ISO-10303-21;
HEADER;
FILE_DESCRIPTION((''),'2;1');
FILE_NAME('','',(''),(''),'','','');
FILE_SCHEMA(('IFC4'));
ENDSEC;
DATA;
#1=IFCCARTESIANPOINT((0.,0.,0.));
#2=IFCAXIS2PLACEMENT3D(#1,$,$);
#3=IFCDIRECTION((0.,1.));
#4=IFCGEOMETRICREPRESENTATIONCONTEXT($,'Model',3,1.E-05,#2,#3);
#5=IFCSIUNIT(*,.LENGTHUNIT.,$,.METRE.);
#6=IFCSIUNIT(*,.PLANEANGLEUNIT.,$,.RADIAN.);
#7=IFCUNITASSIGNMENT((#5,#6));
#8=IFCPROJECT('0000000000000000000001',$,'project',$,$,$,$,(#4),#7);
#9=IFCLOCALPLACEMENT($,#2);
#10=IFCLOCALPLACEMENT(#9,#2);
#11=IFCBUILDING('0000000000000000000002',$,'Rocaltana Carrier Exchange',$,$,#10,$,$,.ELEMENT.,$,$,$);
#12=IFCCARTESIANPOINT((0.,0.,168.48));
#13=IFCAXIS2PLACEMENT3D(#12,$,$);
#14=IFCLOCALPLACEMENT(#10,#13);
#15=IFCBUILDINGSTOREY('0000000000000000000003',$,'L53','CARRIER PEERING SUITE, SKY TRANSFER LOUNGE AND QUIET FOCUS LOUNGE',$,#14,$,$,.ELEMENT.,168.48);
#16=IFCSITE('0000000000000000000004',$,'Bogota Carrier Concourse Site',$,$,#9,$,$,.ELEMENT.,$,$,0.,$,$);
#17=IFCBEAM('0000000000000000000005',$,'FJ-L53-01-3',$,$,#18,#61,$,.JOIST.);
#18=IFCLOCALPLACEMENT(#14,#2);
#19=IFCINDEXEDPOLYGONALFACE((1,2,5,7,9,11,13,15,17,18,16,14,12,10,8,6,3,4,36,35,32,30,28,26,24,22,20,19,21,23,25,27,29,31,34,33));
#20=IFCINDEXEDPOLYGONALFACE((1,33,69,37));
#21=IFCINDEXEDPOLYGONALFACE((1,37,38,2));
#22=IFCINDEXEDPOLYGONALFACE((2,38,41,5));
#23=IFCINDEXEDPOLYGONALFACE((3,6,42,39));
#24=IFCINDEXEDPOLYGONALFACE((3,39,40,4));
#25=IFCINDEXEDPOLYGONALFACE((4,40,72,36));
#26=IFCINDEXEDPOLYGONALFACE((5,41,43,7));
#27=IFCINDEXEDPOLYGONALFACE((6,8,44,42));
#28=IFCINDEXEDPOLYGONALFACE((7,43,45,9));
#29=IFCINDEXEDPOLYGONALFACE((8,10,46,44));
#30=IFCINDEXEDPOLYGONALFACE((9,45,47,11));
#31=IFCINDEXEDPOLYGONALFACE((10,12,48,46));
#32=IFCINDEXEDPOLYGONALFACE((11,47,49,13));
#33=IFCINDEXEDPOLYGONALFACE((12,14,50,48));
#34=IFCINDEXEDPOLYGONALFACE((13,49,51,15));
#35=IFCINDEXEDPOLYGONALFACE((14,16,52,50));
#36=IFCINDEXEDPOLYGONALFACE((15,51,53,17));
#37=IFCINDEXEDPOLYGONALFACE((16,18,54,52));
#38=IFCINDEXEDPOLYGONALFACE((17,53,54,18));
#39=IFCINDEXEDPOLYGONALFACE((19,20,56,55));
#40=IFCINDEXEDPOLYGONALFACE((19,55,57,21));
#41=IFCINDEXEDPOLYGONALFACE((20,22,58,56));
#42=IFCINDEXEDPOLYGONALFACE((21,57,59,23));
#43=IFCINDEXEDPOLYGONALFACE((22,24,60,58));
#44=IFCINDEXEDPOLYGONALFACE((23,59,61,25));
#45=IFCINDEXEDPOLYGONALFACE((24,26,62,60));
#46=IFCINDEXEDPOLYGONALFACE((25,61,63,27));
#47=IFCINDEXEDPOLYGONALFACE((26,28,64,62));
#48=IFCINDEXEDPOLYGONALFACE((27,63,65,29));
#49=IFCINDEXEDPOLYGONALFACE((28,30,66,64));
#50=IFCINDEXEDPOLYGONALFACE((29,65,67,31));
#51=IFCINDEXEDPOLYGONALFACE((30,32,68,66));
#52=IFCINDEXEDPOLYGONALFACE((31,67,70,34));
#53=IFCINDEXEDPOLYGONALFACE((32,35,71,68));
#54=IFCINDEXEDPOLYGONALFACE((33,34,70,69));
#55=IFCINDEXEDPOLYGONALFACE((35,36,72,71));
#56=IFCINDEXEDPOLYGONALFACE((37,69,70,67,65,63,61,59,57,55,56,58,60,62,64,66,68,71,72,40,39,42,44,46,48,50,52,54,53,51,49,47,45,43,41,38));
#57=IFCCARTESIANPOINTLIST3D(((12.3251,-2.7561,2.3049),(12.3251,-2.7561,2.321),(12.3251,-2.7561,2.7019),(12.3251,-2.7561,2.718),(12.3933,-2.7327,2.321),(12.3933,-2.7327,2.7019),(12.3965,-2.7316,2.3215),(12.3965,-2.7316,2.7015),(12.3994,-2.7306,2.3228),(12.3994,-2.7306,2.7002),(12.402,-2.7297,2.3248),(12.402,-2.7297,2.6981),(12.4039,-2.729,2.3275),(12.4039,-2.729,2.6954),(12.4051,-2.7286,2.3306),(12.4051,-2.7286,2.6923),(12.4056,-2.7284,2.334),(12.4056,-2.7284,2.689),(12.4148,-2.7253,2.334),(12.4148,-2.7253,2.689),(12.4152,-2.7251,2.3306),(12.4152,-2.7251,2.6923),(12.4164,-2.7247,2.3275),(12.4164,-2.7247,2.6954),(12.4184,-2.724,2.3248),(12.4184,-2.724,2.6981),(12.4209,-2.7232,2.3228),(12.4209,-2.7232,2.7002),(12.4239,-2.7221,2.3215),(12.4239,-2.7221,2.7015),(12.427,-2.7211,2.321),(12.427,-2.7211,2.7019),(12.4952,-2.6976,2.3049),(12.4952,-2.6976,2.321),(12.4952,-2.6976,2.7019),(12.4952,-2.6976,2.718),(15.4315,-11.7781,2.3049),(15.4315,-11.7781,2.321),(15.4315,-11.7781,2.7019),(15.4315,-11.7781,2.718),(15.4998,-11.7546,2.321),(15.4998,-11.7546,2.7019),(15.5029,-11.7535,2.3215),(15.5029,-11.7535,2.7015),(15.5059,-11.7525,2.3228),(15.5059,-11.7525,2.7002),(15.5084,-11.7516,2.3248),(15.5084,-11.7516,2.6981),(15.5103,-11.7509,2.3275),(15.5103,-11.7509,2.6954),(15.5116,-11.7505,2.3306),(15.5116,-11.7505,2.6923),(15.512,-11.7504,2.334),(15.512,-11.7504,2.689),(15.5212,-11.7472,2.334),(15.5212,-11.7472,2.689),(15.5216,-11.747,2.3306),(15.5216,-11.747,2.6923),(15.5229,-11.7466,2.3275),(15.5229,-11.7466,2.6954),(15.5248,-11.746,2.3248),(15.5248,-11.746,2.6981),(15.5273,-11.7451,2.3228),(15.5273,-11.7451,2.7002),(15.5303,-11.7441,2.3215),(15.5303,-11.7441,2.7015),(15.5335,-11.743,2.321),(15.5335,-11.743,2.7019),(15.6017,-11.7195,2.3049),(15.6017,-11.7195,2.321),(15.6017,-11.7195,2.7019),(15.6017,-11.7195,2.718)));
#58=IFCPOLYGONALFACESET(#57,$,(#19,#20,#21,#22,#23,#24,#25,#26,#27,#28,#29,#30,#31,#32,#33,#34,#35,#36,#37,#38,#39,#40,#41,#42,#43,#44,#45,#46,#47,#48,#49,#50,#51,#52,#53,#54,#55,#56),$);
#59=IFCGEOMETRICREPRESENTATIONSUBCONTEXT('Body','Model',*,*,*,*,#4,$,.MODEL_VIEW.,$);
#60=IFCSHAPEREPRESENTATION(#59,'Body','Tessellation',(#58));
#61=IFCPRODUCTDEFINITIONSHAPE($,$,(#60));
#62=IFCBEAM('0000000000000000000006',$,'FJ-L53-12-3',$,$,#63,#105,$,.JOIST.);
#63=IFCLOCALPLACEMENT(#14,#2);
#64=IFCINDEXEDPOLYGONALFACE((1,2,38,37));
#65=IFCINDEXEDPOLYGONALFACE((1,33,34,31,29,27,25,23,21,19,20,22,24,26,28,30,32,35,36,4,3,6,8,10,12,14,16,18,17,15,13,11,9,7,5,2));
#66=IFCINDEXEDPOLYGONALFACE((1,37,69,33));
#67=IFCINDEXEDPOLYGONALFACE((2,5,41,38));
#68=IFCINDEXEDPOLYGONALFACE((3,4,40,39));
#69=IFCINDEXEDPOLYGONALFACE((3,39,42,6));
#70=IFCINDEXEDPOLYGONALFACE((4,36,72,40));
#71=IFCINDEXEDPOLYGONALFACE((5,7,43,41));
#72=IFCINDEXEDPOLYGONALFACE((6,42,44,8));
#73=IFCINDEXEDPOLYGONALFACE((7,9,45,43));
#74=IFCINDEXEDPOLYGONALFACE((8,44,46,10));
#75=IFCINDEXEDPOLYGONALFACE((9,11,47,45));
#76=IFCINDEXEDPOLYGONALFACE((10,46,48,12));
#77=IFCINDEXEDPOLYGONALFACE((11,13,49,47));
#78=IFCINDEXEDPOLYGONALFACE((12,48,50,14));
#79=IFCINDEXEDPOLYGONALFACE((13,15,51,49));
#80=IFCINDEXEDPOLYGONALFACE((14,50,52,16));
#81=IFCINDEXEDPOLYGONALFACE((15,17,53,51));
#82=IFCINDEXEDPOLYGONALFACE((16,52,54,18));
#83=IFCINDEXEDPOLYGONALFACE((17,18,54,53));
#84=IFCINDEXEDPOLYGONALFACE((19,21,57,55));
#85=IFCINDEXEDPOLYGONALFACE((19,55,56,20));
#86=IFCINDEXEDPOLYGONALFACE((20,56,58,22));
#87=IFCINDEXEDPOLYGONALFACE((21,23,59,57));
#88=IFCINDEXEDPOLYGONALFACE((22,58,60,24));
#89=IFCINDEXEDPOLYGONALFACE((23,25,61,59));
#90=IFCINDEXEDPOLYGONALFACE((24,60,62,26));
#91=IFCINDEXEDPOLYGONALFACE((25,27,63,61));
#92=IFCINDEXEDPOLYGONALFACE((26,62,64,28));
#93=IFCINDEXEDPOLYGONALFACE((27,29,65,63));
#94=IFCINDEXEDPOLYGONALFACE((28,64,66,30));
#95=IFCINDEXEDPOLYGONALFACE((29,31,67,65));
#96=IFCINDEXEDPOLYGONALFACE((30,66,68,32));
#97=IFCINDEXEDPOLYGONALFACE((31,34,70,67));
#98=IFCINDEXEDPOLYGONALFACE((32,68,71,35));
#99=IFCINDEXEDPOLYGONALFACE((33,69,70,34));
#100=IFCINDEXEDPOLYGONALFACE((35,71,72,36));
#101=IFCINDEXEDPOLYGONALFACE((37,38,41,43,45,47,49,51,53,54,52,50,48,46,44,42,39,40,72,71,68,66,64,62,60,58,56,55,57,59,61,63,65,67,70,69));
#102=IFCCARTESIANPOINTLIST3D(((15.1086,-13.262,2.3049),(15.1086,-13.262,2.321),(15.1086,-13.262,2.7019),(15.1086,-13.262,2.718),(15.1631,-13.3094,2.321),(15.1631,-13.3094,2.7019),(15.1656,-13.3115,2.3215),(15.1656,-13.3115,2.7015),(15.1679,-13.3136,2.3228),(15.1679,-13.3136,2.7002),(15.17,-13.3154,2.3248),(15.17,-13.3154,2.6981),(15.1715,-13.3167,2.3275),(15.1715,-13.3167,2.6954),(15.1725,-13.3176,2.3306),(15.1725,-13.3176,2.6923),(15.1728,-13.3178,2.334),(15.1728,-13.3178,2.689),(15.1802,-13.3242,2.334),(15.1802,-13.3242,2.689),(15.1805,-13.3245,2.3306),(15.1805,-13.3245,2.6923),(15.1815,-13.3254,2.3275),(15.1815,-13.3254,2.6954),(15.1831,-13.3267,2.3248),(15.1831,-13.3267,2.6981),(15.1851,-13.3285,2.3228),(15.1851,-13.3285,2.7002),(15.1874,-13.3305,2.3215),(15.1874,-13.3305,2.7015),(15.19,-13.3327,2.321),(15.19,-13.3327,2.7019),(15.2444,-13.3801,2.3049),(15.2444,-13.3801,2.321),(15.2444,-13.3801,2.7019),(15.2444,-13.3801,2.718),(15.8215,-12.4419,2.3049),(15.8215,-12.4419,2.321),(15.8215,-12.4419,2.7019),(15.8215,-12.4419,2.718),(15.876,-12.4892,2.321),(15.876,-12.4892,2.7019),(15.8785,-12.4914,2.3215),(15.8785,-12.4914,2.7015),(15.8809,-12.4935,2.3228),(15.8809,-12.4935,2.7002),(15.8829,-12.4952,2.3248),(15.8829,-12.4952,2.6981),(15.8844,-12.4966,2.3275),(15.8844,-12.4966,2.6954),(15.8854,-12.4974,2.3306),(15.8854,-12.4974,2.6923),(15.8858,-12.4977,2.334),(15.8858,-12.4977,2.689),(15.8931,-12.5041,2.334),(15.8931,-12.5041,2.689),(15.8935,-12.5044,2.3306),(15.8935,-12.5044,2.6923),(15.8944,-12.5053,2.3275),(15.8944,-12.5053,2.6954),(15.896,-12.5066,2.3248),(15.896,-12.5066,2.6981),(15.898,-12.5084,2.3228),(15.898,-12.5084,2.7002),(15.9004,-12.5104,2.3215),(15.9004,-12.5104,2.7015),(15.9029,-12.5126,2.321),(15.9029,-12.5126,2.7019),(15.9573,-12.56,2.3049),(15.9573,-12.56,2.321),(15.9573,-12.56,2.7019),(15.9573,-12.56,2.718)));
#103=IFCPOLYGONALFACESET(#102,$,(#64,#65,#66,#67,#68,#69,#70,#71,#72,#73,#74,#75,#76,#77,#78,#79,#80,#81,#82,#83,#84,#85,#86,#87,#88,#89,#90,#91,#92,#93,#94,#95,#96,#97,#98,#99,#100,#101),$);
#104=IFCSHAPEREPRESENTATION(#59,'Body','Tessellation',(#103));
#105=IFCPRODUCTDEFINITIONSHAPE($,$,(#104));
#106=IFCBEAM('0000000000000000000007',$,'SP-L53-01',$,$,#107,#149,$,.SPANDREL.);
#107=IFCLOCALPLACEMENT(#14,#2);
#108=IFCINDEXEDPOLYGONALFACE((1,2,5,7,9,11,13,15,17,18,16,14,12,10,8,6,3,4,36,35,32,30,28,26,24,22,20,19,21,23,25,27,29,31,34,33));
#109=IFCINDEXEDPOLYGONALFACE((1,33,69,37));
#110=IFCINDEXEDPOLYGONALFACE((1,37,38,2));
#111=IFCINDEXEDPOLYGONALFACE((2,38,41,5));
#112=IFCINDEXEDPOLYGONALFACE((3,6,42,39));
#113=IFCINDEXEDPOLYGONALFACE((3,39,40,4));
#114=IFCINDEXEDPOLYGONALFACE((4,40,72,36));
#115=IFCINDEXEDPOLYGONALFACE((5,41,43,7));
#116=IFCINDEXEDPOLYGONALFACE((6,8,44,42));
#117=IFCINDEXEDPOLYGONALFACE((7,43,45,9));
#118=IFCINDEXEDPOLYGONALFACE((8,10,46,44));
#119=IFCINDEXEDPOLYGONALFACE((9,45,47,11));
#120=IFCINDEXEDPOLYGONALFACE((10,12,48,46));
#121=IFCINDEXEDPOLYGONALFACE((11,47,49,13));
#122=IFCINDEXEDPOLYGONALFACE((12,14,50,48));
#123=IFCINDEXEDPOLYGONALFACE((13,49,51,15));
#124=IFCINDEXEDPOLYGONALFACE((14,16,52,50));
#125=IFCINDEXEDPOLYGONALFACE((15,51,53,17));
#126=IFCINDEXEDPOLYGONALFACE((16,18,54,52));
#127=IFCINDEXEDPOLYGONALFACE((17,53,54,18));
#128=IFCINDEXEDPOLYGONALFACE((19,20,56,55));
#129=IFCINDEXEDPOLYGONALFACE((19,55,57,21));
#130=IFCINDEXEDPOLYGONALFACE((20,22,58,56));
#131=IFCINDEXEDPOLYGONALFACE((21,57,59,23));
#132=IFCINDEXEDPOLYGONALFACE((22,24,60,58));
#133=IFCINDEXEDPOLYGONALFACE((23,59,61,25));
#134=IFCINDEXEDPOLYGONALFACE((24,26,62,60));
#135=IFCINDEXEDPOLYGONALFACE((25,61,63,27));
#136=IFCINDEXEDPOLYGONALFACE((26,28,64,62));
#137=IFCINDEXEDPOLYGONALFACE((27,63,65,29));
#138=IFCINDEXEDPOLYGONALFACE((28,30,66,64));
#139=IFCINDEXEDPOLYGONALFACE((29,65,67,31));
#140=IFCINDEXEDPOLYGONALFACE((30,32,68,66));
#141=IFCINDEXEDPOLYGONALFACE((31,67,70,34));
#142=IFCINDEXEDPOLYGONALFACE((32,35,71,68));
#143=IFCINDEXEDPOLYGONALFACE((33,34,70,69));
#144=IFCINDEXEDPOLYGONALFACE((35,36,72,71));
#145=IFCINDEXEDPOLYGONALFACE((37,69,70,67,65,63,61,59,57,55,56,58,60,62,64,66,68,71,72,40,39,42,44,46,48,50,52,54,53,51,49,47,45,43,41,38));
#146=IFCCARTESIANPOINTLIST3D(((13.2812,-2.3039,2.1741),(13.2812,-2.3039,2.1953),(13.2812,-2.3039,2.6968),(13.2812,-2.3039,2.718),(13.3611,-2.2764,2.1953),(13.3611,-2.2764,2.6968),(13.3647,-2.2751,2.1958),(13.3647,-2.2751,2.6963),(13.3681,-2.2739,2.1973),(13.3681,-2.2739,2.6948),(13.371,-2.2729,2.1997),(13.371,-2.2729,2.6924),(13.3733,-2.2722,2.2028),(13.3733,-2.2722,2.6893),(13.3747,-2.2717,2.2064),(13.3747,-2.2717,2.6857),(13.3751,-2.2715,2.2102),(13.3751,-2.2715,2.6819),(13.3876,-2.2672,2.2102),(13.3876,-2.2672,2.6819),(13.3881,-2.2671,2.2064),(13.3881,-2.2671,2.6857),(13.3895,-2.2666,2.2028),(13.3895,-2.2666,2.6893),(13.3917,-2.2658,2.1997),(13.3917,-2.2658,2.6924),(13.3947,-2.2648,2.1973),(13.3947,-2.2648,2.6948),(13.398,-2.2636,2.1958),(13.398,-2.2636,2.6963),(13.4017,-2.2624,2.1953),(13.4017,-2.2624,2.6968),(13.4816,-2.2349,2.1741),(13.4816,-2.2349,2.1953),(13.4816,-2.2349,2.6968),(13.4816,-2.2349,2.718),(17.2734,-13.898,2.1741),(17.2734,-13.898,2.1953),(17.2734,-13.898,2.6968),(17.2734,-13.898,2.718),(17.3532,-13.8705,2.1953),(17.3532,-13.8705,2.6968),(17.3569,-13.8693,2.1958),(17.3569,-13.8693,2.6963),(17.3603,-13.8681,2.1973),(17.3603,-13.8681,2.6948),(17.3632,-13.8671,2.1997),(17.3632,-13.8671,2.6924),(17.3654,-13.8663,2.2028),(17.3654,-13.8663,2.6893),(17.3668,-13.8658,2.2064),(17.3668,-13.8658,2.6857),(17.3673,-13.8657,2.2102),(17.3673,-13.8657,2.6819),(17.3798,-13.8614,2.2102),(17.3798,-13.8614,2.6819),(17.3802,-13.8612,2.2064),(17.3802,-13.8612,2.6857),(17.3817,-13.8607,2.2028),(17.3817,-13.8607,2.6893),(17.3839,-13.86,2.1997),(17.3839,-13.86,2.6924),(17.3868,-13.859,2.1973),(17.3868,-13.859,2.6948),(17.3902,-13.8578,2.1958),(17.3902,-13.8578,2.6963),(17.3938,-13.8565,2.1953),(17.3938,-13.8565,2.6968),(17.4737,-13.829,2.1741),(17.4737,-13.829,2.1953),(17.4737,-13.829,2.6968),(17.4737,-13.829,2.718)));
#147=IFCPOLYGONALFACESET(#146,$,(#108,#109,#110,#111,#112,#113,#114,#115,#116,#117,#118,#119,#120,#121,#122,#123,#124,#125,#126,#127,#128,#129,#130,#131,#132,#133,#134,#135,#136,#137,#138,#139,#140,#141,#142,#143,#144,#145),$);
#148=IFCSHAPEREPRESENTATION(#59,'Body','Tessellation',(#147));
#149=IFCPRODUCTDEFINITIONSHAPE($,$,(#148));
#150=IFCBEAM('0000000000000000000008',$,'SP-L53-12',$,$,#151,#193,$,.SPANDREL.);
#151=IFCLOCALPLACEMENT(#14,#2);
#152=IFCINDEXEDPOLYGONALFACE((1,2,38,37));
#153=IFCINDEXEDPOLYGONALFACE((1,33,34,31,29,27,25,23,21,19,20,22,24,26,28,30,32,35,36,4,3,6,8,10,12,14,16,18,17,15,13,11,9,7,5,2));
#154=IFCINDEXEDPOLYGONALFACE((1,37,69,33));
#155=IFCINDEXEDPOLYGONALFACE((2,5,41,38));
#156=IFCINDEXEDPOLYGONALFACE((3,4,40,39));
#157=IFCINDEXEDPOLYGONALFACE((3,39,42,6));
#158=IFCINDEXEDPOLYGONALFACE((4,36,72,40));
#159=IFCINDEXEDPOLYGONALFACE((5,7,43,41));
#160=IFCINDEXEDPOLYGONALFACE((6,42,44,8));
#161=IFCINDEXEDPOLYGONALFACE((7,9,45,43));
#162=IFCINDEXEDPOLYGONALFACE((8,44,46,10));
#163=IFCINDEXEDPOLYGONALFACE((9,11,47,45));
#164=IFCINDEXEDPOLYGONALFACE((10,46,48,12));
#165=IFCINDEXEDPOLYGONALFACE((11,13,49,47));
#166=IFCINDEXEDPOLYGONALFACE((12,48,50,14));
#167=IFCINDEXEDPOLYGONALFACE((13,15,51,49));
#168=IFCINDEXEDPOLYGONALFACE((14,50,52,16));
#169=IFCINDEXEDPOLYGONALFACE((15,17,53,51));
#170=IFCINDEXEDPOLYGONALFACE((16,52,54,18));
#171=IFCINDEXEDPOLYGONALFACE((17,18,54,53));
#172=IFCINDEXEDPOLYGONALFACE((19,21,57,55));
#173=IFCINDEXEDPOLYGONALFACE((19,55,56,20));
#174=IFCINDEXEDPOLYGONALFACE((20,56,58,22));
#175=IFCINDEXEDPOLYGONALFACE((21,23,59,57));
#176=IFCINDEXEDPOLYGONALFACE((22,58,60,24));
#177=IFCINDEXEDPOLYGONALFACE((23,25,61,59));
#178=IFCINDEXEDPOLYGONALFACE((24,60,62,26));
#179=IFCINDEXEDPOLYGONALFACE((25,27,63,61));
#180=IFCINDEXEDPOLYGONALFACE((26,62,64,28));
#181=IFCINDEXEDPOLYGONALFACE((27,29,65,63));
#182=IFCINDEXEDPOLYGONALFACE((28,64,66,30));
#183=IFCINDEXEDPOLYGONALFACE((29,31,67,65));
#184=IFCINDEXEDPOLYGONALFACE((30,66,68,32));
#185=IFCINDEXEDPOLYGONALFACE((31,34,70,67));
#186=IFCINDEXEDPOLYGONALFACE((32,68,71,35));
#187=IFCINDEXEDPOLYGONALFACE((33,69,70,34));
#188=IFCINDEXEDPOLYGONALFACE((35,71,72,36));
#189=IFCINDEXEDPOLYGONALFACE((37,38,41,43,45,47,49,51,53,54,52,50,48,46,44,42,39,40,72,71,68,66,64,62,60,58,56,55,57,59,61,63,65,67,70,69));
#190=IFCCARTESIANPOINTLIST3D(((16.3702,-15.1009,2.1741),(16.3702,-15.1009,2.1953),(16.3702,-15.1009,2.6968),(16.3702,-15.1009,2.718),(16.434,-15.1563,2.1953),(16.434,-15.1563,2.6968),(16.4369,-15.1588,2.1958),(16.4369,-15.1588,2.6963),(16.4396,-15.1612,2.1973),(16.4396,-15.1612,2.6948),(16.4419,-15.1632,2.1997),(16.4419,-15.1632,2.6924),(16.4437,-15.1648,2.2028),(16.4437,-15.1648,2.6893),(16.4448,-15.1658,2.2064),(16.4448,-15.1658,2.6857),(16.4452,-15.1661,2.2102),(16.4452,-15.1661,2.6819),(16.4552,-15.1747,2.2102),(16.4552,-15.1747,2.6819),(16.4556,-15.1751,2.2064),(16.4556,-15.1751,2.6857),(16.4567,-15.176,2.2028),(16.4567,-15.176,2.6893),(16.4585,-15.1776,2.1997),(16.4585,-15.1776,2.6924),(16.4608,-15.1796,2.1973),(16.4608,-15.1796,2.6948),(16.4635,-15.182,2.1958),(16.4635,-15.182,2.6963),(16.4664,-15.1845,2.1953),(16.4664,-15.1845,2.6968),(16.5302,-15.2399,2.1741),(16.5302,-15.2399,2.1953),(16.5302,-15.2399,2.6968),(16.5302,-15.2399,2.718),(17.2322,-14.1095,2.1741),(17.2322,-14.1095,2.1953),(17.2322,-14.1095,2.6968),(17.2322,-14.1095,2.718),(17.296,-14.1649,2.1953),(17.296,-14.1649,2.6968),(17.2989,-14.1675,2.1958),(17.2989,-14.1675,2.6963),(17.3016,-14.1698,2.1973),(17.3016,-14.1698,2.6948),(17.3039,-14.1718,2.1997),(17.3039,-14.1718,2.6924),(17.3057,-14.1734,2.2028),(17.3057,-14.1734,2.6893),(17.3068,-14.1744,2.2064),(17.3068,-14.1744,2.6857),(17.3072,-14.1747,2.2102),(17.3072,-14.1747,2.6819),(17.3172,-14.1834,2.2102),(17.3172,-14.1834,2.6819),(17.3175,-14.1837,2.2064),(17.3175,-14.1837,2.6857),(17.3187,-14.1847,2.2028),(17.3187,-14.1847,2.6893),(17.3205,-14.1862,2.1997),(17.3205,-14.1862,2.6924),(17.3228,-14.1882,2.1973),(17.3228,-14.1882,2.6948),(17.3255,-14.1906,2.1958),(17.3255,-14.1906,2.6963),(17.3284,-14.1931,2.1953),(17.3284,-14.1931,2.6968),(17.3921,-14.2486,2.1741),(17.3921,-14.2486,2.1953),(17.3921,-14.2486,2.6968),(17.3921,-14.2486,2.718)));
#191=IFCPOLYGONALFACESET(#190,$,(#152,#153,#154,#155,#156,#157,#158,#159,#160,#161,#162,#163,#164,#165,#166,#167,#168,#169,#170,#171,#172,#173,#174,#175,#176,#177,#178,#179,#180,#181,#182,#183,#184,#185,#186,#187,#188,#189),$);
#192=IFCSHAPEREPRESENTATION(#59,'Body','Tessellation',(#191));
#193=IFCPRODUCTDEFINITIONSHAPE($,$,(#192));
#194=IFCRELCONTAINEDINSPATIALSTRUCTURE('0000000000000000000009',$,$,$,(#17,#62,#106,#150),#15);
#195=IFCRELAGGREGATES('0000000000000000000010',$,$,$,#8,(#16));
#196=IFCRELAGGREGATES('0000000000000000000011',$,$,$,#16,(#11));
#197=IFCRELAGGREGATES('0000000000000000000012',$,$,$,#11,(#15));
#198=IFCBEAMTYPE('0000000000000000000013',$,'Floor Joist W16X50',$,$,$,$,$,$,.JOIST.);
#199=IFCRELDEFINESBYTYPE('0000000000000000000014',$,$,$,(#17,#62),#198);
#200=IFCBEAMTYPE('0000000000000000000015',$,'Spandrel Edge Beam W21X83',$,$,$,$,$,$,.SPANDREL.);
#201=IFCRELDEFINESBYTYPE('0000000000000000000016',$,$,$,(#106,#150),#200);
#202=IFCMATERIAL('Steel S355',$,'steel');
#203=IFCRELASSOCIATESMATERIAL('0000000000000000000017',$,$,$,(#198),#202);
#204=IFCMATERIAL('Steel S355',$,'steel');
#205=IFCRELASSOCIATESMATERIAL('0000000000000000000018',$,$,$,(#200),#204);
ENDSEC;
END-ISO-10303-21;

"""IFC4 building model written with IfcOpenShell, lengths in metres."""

from ifc_helpers import new_model, si_unit, direction, frame, origin, origin_2d, place, context, subcontext, project, spatial, i_section, extrude, material, material_profile, profile_set, type_object, element, save


model = new_model("IFC4")

# Units and contexts
model_context = context("Model", 3, precision=1e-05, world=origin(), true_north=direction((0.0, 1.0)))
body_context = subcontext(model_context, "Body", "Model", "MODEL_VIEW")
ifc_project = project(units=[si_unit("LENGTHUNIT", "METRE"), si_unit("PLANEANGLEUNIT", "RADIAN")], contexts=[model_context])

# Site, building, storey
site_placement = place(None, origin())
site = spatial("IfcSite", under=ifc_project, at=site_placement, Name="Bogota Carrier Concourse Site", CompositionType="ELEMENT", RefElevation=0.0)
building_placement = place(site_placement, origin())
building = spatial("IfcBuilding", under=site, at=building_placement, Name="Rocaltana Carrier Exchange", CompositionType="ELEMENT")
storey_placement = place(building_placement, frame((0.0, 0.0, 168.48)))
storey = spatial("IfcBuildingStorey", under=building, at=storey_placement, Name="L53", Description="CARRIER PEERING SUITE, SKY TRANSFER LOUNGE AND QUIET FOCUS LOUNGE", CompositionType="ELEMENT", Elevation=168.48)

# Beams
ifc_material_1 = material(Name="Steel S355", Category="steel")
ifc_material_profile_1 = material_profile(ifc_material_1, i_section(OverallWidth=0.1799, OverallDepth=0.4131, WebThickness=0.0098, FlangeThickness=0.0161, FilletRadius=0.0129, at=origin_2d()), Name="W16X50")
ifc_profile_set_1 = profile_set([ifc_material_profile_1], Name="Steel S355")
beam_type_1 = type_object("IfcBeamType", Name="Floor Joist W16X50", PredefinedType="JOIST", material=ifc_profile_set_1)
beam_1_placement = place(storey_placement, frame((15.5166, -11.7488, 2.5115), z_axis=(-0.325562, 0.945521, 0.0), x_axis=(-0.945521, -0.325562, 0.0)))
element("IfcBeam", 1, at=beam_1_placement, inside=storey, type_object=beam_type_1, Name="FJ-L53-01-3", PredefinedType="JOIST", context=body_context, shape_type="SweptSolid", body=[
    extrude(i_section(OverallWidth=0.1799, OverallDepth=0.4131, WebThickness=0.0098, FlangeThickness=0.0161, FilletRadius=0.0129, at=origin_2d()), origin(), (0.0, 0.0, 1.0), 9.5417),
])
beam_2_placement = place(storey_placement, frame((15.1765, -13.321, 2.5115), z_axis=(0.656067, 0.754702, 0.0), x_axis=(-0.754702, 0.656067, 0.0)))
element("IfcBeam", 2, at=beam_2_placement, inside=storey, type_object=beam_type_1, Name="FJ-L53-12-3", PredefinedType="JOIST", context=body_context, shape_type="SweptSolid", body=[
    extrude(i_section(OverallWidth=0.1799, OverallDepth=0.4131, WebThickness=0.0098, FlangeThickness=0.0161, FilletRadius=0.0129, at=origin_2d()), origin(), (0.0, 0.0, 1.0), 1.0867),
])
ifc_material_2 = material(Name="Steel S355", Category="steel")
ifc_material_profile_2 = material_profile(ifc_material_2, i_section(OverallWidth=0.2119, OverallDepth=0.5439, WebThickness=0.0132, FlangeThickness=0.0212, FilletRadius=0.0149, at=origin_2d()), Name="W21X83")
ifc_profile_set_2 = profile_set([ifc_material_profile_2], Name="Steel S355")
beam_type_2 = type_object("IfcBeamType", Name="Spandrel Edge Beam W21X83", PredefinedType="SPANDREL", material=ifc_profile_set_2)
beam_3_placement = place(storey_placement, frame((17.3735, -13.8635, 2.446), z_axis=(-0.325566, 0.945519, 0.0), x_axis=(-0.945519, -0.325566, 0.0)))
element("IfcBeam", 3, at=beam_3_placement, inside=storey, type_object=beam_type_2, Name="SP-L53-01", PredefinedType="SPANDREL", context=body_context, shape_type="SweptSolid", body=[
    extrude(i_section(OverallWidth=0.2119, OverallDepth=0.5439, WebThickness=0.0132, FlangeThickness=0.0212, FilletRadius=0.0149, at=origin_2d()), origin(), (0.0, 0.0, 1.0), 12.2622),
])
beam_4_placement = place(storey_placement, frame((16.4502, -15.1704, 2.446), z_axis=(0.656147, 0.754634, 0.0), x_axis=(-0.754634, 0.656147, 0.0)))
element("IfcBeam", 4, at=beam_4_placement, inside=storey, type_object=beam_type_2, Name="SP-L53-12", PredefinedType="SPANDREL", context=body_context, shape_type="SweptSolid", body=[
    extrude(i_section(OverallWidth=0.2119, OverallDepth=0.5439, WebThickness=0.0132, FlangeThickness=0.0212, FilletRadius=0.0149, at=origin_2d()), origin(), (0.0, 0.0, 1.0), 1.3137),
])

save(model, "model.ifc")
